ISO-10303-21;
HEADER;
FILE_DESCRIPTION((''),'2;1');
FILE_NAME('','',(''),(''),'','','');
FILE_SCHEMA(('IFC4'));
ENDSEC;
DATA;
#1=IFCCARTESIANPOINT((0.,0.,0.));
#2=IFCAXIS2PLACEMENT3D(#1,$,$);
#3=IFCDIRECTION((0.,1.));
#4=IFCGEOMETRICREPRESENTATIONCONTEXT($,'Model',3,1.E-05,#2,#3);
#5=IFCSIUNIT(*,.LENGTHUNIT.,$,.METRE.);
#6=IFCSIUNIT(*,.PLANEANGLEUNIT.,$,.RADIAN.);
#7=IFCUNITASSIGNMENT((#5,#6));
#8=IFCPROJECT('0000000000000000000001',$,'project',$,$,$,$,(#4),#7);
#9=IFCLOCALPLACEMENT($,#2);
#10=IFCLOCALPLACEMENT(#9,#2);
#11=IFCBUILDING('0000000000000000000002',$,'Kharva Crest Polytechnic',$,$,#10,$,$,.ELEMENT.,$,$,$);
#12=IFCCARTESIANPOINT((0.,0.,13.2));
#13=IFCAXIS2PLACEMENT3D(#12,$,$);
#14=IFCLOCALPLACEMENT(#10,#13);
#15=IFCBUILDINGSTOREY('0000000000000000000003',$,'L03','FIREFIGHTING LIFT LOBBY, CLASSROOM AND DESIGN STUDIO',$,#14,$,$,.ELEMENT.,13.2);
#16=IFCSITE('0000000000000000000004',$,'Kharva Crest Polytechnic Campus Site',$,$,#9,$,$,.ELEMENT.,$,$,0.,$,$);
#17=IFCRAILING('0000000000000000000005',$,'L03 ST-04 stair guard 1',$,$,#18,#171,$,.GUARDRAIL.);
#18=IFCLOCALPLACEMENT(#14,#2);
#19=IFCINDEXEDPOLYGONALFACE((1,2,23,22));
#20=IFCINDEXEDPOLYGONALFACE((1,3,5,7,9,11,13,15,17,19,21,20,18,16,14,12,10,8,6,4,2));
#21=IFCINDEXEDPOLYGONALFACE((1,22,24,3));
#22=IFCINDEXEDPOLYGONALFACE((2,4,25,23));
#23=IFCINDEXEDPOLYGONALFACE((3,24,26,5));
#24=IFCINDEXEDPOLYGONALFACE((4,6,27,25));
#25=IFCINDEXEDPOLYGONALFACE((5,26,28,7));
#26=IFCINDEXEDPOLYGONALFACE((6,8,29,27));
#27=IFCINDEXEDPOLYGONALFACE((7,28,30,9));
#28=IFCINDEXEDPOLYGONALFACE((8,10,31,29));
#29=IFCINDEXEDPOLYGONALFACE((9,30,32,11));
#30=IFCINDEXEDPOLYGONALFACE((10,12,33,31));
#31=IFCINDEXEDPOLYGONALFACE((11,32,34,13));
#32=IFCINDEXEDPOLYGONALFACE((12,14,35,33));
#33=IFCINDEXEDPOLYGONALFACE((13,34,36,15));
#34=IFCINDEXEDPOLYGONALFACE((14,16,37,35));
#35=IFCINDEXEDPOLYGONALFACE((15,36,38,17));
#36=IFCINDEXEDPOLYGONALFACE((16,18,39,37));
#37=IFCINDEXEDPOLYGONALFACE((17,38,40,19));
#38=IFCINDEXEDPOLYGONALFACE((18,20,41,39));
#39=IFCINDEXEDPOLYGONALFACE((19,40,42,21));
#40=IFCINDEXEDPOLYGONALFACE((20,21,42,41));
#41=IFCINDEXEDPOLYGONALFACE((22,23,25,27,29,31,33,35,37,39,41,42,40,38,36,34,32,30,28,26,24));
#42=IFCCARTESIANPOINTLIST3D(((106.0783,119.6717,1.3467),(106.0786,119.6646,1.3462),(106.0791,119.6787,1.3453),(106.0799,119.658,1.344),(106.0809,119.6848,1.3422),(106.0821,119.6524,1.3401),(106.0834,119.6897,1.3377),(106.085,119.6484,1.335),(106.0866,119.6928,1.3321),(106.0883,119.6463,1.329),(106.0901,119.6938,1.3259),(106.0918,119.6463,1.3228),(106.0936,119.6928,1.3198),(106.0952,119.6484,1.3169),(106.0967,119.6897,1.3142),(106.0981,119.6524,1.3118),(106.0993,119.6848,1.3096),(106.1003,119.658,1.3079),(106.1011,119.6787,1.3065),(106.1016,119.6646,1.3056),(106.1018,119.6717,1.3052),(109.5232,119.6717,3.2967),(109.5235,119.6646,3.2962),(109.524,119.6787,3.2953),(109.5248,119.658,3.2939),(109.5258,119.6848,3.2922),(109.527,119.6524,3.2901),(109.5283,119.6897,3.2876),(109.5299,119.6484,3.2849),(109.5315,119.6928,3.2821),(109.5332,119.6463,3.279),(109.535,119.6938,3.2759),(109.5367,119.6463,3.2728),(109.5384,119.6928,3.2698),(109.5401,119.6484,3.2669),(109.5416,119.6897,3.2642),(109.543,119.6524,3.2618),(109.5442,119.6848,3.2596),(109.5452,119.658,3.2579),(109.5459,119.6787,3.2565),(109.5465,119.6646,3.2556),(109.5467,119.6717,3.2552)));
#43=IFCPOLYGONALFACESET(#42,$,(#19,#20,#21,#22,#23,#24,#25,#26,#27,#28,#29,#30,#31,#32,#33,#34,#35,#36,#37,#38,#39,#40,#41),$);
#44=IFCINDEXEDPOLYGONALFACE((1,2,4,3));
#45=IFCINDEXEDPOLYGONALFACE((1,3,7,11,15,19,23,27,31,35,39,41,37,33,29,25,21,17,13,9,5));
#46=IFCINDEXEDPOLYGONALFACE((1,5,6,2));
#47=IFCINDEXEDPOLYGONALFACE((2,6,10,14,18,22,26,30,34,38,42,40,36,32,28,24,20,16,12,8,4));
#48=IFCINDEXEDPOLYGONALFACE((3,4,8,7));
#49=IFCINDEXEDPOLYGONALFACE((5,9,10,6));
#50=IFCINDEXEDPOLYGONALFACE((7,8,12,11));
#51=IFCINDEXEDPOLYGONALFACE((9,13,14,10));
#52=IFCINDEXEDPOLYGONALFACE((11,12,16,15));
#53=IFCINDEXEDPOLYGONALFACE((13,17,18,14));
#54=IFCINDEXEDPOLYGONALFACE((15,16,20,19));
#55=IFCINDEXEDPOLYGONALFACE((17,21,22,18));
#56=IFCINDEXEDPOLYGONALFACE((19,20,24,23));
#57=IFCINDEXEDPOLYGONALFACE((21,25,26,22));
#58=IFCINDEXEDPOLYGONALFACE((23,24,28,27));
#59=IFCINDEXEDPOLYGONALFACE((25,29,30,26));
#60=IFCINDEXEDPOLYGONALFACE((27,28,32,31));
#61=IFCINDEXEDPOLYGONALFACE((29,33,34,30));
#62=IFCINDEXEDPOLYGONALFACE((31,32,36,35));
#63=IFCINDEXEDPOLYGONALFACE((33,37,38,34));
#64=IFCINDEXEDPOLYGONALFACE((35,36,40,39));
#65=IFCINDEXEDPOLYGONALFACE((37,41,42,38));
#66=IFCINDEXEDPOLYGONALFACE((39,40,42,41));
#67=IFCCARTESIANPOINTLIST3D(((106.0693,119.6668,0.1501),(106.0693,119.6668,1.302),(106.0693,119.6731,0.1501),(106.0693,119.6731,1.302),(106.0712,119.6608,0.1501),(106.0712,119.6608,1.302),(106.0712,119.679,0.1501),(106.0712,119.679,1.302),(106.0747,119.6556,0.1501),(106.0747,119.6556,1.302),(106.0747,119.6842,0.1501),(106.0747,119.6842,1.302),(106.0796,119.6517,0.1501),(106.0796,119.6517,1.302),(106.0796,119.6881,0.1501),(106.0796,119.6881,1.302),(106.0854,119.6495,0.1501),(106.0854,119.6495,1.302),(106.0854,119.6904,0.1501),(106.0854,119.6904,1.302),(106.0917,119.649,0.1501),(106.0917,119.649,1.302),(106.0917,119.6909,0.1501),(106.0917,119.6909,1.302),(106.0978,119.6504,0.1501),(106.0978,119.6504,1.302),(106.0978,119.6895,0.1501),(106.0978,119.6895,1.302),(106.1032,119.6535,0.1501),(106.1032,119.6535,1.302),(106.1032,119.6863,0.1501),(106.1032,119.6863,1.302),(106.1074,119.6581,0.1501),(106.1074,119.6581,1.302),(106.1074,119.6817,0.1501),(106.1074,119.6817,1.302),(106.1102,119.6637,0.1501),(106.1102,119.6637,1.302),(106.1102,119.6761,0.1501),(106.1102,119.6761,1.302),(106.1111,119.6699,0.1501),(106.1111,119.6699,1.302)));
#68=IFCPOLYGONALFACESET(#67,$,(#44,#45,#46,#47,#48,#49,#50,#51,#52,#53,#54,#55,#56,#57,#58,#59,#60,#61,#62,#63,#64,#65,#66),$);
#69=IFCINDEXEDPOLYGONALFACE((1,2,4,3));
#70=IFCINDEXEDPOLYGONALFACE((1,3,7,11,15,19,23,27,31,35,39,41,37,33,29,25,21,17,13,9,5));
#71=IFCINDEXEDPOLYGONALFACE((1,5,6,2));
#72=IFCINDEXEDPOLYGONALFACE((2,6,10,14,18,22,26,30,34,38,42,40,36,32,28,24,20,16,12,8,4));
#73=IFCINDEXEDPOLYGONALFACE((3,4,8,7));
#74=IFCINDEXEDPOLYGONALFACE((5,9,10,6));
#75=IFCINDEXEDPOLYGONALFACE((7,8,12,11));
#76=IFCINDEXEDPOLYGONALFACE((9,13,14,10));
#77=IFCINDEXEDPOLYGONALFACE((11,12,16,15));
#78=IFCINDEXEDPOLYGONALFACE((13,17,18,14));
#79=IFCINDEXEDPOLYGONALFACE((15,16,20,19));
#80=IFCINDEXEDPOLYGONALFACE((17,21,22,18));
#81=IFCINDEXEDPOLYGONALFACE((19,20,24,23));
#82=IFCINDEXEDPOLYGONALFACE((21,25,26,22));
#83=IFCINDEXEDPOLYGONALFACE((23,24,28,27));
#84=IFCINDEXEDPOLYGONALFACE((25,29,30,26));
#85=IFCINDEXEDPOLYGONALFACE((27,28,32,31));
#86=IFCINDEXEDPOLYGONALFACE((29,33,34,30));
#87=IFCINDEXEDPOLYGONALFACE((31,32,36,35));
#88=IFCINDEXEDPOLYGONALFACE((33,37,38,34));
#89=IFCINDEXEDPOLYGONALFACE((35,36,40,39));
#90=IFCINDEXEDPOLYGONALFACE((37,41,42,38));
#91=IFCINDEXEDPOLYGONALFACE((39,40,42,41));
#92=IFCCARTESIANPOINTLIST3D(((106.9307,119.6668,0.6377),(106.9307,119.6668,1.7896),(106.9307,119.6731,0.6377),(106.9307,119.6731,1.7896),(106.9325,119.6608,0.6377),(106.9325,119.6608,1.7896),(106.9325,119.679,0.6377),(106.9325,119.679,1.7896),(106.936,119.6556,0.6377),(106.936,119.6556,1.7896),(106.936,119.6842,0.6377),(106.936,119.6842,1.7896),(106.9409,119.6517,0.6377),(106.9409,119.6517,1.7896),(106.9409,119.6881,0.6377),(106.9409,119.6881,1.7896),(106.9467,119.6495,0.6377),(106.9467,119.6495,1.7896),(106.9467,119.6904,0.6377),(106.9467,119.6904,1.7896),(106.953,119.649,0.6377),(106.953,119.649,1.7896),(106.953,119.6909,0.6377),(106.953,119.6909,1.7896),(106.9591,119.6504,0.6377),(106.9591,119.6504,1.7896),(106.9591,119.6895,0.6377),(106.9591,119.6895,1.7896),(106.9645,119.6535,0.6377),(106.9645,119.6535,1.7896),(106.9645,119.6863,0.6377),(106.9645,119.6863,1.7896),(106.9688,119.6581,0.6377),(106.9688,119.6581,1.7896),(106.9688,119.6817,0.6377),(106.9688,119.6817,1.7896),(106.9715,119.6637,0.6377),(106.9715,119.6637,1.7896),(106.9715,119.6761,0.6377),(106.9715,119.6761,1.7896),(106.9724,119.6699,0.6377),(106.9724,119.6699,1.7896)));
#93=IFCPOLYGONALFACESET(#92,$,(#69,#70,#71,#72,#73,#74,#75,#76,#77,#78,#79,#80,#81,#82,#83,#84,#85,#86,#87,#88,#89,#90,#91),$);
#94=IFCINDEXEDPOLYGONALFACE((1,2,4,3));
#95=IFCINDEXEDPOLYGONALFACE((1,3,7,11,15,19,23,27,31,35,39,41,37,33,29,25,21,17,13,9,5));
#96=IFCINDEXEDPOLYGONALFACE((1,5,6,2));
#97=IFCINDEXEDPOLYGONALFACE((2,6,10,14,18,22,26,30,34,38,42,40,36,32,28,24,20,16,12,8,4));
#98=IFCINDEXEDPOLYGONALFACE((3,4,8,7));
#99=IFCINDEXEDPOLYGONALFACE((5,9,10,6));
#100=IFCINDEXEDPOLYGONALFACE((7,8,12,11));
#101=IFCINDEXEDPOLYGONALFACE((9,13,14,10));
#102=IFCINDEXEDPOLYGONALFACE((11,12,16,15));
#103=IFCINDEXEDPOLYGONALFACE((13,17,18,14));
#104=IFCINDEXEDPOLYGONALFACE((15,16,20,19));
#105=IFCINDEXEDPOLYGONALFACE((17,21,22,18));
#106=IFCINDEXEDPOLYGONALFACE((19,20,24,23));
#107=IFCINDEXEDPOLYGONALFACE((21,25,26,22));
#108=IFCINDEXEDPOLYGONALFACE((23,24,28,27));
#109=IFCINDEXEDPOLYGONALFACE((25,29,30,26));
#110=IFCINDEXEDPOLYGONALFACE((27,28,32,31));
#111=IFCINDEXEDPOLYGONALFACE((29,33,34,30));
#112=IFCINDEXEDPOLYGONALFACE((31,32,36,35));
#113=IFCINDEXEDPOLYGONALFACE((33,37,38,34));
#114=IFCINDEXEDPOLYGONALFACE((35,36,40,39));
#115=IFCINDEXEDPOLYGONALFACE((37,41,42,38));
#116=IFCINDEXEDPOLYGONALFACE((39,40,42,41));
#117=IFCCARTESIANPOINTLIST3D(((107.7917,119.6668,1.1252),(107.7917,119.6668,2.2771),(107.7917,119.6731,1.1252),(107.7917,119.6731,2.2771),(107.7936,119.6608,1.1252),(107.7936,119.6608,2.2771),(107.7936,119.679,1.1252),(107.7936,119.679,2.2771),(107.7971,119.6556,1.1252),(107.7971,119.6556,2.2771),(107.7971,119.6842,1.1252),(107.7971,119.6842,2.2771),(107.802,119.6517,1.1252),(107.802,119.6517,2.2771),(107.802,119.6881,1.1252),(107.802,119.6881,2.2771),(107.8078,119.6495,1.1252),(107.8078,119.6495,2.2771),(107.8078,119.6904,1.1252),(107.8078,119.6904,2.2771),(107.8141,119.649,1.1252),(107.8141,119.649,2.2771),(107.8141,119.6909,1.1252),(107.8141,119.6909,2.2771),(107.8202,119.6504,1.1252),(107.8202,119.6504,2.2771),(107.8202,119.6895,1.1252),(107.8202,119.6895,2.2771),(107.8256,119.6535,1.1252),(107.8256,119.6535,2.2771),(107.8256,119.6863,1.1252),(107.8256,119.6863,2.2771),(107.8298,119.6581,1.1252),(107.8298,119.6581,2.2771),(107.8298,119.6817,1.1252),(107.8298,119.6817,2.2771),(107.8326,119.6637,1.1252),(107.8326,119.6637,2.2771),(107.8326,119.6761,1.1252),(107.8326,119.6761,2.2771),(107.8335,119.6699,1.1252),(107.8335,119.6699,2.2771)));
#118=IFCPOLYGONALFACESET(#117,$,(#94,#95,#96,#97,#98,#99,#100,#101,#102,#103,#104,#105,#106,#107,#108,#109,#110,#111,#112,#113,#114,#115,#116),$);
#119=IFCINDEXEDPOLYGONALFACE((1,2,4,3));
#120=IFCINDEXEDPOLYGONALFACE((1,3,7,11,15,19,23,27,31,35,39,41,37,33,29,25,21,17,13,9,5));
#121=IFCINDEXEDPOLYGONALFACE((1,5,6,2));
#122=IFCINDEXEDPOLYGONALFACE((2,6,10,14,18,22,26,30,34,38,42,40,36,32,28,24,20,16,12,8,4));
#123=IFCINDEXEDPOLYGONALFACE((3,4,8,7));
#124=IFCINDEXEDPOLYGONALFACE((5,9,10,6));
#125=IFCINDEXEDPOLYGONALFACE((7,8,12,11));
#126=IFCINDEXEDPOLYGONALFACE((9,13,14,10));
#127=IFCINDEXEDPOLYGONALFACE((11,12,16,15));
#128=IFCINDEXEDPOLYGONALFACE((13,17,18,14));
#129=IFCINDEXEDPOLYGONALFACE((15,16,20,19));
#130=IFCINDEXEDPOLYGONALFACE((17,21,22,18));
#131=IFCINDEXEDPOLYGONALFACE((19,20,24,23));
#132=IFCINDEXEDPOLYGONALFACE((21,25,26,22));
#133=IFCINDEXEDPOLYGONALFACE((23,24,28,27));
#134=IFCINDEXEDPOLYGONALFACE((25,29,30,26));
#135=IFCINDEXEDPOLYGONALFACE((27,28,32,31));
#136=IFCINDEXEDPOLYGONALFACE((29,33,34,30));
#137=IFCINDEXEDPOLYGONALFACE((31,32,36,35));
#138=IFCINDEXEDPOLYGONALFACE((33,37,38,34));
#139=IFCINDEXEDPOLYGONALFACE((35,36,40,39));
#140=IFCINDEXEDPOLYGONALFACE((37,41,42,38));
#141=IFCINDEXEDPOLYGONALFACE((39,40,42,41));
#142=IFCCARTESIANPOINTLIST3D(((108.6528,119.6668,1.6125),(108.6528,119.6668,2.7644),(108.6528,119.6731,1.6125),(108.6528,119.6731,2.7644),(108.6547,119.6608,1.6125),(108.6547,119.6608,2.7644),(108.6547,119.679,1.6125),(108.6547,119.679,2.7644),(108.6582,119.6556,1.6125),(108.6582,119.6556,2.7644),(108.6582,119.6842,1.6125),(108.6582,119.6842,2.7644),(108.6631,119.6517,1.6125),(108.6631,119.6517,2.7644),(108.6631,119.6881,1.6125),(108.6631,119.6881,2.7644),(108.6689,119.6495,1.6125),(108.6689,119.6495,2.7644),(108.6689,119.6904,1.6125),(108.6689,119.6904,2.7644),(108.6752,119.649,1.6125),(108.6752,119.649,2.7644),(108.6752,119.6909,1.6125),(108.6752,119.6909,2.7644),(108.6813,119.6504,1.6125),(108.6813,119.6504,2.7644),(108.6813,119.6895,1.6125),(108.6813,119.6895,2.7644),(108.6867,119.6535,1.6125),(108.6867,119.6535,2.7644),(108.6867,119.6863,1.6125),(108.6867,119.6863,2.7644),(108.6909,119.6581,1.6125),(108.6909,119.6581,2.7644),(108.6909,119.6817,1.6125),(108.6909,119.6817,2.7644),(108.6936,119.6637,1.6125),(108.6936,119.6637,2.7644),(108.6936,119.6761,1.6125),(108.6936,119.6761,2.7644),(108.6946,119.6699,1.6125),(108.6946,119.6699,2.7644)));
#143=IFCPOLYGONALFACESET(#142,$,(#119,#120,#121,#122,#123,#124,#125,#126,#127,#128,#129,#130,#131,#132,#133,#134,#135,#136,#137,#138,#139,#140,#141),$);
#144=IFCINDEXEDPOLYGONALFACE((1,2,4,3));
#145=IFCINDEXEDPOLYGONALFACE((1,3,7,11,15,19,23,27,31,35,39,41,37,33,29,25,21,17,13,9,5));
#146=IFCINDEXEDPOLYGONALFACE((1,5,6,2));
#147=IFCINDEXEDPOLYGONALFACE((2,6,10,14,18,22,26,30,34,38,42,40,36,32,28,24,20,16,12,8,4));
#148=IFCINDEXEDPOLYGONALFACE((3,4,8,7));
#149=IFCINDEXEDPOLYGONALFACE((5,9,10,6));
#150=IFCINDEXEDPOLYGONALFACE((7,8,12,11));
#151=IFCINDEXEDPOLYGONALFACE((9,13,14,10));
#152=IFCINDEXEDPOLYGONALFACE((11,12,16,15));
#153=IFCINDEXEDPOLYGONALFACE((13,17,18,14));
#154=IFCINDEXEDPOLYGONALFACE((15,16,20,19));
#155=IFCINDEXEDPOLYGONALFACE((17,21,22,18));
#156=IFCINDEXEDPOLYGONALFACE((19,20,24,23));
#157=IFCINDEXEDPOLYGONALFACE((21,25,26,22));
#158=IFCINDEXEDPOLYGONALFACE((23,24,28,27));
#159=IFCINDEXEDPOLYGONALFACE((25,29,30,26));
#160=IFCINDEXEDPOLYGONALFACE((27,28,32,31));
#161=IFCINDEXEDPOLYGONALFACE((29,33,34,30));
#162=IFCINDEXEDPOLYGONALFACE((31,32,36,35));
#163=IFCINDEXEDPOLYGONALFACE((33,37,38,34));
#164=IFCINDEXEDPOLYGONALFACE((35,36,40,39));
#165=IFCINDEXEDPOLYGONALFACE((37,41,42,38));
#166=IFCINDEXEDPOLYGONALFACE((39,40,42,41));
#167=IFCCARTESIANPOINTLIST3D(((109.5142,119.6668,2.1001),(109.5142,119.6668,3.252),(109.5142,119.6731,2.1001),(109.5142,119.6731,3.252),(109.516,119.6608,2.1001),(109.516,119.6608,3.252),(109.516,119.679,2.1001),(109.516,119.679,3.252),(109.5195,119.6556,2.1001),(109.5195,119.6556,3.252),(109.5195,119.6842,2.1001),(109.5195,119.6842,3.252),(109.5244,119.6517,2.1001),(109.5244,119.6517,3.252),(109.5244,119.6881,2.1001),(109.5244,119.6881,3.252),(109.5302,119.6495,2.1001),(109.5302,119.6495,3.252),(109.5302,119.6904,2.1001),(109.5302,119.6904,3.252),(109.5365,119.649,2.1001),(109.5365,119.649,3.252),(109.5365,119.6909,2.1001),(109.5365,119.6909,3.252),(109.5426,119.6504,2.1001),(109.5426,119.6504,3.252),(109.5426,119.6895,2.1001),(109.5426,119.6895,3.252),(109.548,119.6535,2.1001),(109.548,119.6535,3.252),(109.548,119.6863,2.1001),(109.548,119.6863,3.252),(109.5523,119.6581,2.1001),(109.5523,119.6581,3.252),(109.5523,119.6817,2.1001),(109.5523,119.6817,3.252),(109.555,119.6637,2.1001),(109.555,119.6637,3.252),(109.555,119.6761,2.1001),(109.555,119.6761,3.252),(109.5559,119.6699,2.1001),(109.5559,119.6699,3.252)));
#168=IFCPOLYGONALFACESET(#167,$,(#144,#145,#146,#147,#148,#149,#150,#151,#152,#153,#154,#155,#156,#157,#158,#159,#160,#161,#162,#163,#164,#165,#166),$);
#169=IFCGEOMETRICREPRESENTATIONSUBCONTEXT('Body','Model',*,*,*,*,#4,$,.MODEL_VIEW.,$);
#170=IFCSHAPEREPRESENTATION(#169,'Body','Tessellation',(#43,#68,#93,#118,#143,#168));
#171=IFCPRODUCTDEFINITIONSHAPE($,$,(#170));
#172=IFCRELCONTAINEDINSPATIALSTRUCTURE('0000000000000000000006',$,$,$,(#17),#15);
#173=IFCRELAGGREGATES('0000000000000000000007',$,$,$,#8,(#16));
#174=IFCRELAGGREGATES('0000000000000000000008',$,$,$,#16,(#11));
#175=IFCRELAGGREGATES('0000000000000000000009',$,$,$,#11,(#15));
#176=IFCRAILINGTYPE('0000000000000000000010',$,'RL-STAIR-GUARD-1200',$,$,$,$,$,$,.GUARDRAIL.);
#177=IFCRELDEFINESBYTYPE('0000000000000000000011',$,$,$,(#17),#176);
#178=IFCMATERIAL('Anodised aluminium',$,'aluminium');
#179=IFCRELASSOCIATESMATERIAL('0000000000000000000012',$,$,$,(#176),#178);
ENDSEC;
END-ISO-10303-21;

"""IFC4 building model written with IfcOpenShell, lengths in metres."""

from ifc_helpers import new_model, si_unit, direction, frame, origin, origin_2d, place, context, subcontext, project, spatial, circle, extrude, material, type_object, element, save


model = new_model("IFC4")

# Units and contexts
model_context = context("Model", 3, precision=1e-05, world=origin(), true_north=direction((0.0, 1.0)))
body_context = subcontext(model_context, "Body", "Model", "MODEL_VIEW")
ifc_project = project(units=[si_unit("LENGTHUNIT", "METRE"), si_unit("PLANEANGLEUNIT", "RADIAN")], contexts=[model_context])

# Site, building, storey
site_placement = place(None, origin())
site = spatial("IfcSite", under=ifc_project, at=site_placement, Name="Kharva Crest Polytechnic Campus Site", CompositionType="ELEMENT", RefElevation=0.0)
building_placement = place(site_placement, origin())
building = spatial("IfcBuilding", under=site, at=building_placement, Name="Kharva Crest Polytechnic", CompositionType="ELEMENT")
storey_placement = place(building_placement, frame((0.0, 0.0, 13.2)))
storey = spatial("IfcBuildingStorey", under=building, at=storey_placement, Name="L03", Description="FIREFIGHTING LIFT LOBBY, CLASSROOM AND DESIGN STUDIO", CompositionType="ELEMENT", Elevation=13.2)

# Shared definitions
ifc_material_1 = material(Name="Anodised aluminium", Category="aluminium")

# Railing
railing_type_1 = type_object("IfcRailingType", Name="RL-STAIR-GUARD-1200", PredefinedType="GUARDRAIL", material=ifc_material_1)
railing_1_placement = place(storey_placement, frame((106.0901, 119.6699, 0.1501)))
element("IfcRailing", 1, at=railing_1_placement, inside=storey, type_object=railing_type_1, Name="L03 ST-04 stair guard 1", PredefinedType="GUARDRAIL", context=body_context, shape_type="SweptSolid", body=[
    extrude(circle(Radius=0.0239, at=origin_2d()), frame((0.0, 0.0, 1.1758), z_axis=(0.870251, 0.0, 0.492608), x_axis=(0.0, 1.0, 0.0)), (0.0, 0.0, 1.0), 3.9585),
    extrude(circle(Radius=0.021, at=origin_2d()), origin(), (0.0, 0.0, 1.0), 1.1519),
    extrude(circle(Radius=0.021, at=origin_2d()), frame((0.8613, 0.0, 0.4875)), (0.0, 0.0, 1.0), 1.1519),
    extrude(circle(Radius=0.021, at=origin_2d()), frame((1.7224, 0.0, 0.9751)), (0.0, 0.0, 1.0), 1.1519),
    extrude(circle(Radius=0.021, at=origin_2d()), frame((2.5835, 0.0, 1.4624)), (0.0, 0.0, 1.0), 1.1519),
    extrude(circle(Radius=0.021, at=origin_2d()), frame((3.4448, 0.0, 1.95)), (0.0, 0.0, 1.0), 1.1519),
])

save(model, "model.ifc")
